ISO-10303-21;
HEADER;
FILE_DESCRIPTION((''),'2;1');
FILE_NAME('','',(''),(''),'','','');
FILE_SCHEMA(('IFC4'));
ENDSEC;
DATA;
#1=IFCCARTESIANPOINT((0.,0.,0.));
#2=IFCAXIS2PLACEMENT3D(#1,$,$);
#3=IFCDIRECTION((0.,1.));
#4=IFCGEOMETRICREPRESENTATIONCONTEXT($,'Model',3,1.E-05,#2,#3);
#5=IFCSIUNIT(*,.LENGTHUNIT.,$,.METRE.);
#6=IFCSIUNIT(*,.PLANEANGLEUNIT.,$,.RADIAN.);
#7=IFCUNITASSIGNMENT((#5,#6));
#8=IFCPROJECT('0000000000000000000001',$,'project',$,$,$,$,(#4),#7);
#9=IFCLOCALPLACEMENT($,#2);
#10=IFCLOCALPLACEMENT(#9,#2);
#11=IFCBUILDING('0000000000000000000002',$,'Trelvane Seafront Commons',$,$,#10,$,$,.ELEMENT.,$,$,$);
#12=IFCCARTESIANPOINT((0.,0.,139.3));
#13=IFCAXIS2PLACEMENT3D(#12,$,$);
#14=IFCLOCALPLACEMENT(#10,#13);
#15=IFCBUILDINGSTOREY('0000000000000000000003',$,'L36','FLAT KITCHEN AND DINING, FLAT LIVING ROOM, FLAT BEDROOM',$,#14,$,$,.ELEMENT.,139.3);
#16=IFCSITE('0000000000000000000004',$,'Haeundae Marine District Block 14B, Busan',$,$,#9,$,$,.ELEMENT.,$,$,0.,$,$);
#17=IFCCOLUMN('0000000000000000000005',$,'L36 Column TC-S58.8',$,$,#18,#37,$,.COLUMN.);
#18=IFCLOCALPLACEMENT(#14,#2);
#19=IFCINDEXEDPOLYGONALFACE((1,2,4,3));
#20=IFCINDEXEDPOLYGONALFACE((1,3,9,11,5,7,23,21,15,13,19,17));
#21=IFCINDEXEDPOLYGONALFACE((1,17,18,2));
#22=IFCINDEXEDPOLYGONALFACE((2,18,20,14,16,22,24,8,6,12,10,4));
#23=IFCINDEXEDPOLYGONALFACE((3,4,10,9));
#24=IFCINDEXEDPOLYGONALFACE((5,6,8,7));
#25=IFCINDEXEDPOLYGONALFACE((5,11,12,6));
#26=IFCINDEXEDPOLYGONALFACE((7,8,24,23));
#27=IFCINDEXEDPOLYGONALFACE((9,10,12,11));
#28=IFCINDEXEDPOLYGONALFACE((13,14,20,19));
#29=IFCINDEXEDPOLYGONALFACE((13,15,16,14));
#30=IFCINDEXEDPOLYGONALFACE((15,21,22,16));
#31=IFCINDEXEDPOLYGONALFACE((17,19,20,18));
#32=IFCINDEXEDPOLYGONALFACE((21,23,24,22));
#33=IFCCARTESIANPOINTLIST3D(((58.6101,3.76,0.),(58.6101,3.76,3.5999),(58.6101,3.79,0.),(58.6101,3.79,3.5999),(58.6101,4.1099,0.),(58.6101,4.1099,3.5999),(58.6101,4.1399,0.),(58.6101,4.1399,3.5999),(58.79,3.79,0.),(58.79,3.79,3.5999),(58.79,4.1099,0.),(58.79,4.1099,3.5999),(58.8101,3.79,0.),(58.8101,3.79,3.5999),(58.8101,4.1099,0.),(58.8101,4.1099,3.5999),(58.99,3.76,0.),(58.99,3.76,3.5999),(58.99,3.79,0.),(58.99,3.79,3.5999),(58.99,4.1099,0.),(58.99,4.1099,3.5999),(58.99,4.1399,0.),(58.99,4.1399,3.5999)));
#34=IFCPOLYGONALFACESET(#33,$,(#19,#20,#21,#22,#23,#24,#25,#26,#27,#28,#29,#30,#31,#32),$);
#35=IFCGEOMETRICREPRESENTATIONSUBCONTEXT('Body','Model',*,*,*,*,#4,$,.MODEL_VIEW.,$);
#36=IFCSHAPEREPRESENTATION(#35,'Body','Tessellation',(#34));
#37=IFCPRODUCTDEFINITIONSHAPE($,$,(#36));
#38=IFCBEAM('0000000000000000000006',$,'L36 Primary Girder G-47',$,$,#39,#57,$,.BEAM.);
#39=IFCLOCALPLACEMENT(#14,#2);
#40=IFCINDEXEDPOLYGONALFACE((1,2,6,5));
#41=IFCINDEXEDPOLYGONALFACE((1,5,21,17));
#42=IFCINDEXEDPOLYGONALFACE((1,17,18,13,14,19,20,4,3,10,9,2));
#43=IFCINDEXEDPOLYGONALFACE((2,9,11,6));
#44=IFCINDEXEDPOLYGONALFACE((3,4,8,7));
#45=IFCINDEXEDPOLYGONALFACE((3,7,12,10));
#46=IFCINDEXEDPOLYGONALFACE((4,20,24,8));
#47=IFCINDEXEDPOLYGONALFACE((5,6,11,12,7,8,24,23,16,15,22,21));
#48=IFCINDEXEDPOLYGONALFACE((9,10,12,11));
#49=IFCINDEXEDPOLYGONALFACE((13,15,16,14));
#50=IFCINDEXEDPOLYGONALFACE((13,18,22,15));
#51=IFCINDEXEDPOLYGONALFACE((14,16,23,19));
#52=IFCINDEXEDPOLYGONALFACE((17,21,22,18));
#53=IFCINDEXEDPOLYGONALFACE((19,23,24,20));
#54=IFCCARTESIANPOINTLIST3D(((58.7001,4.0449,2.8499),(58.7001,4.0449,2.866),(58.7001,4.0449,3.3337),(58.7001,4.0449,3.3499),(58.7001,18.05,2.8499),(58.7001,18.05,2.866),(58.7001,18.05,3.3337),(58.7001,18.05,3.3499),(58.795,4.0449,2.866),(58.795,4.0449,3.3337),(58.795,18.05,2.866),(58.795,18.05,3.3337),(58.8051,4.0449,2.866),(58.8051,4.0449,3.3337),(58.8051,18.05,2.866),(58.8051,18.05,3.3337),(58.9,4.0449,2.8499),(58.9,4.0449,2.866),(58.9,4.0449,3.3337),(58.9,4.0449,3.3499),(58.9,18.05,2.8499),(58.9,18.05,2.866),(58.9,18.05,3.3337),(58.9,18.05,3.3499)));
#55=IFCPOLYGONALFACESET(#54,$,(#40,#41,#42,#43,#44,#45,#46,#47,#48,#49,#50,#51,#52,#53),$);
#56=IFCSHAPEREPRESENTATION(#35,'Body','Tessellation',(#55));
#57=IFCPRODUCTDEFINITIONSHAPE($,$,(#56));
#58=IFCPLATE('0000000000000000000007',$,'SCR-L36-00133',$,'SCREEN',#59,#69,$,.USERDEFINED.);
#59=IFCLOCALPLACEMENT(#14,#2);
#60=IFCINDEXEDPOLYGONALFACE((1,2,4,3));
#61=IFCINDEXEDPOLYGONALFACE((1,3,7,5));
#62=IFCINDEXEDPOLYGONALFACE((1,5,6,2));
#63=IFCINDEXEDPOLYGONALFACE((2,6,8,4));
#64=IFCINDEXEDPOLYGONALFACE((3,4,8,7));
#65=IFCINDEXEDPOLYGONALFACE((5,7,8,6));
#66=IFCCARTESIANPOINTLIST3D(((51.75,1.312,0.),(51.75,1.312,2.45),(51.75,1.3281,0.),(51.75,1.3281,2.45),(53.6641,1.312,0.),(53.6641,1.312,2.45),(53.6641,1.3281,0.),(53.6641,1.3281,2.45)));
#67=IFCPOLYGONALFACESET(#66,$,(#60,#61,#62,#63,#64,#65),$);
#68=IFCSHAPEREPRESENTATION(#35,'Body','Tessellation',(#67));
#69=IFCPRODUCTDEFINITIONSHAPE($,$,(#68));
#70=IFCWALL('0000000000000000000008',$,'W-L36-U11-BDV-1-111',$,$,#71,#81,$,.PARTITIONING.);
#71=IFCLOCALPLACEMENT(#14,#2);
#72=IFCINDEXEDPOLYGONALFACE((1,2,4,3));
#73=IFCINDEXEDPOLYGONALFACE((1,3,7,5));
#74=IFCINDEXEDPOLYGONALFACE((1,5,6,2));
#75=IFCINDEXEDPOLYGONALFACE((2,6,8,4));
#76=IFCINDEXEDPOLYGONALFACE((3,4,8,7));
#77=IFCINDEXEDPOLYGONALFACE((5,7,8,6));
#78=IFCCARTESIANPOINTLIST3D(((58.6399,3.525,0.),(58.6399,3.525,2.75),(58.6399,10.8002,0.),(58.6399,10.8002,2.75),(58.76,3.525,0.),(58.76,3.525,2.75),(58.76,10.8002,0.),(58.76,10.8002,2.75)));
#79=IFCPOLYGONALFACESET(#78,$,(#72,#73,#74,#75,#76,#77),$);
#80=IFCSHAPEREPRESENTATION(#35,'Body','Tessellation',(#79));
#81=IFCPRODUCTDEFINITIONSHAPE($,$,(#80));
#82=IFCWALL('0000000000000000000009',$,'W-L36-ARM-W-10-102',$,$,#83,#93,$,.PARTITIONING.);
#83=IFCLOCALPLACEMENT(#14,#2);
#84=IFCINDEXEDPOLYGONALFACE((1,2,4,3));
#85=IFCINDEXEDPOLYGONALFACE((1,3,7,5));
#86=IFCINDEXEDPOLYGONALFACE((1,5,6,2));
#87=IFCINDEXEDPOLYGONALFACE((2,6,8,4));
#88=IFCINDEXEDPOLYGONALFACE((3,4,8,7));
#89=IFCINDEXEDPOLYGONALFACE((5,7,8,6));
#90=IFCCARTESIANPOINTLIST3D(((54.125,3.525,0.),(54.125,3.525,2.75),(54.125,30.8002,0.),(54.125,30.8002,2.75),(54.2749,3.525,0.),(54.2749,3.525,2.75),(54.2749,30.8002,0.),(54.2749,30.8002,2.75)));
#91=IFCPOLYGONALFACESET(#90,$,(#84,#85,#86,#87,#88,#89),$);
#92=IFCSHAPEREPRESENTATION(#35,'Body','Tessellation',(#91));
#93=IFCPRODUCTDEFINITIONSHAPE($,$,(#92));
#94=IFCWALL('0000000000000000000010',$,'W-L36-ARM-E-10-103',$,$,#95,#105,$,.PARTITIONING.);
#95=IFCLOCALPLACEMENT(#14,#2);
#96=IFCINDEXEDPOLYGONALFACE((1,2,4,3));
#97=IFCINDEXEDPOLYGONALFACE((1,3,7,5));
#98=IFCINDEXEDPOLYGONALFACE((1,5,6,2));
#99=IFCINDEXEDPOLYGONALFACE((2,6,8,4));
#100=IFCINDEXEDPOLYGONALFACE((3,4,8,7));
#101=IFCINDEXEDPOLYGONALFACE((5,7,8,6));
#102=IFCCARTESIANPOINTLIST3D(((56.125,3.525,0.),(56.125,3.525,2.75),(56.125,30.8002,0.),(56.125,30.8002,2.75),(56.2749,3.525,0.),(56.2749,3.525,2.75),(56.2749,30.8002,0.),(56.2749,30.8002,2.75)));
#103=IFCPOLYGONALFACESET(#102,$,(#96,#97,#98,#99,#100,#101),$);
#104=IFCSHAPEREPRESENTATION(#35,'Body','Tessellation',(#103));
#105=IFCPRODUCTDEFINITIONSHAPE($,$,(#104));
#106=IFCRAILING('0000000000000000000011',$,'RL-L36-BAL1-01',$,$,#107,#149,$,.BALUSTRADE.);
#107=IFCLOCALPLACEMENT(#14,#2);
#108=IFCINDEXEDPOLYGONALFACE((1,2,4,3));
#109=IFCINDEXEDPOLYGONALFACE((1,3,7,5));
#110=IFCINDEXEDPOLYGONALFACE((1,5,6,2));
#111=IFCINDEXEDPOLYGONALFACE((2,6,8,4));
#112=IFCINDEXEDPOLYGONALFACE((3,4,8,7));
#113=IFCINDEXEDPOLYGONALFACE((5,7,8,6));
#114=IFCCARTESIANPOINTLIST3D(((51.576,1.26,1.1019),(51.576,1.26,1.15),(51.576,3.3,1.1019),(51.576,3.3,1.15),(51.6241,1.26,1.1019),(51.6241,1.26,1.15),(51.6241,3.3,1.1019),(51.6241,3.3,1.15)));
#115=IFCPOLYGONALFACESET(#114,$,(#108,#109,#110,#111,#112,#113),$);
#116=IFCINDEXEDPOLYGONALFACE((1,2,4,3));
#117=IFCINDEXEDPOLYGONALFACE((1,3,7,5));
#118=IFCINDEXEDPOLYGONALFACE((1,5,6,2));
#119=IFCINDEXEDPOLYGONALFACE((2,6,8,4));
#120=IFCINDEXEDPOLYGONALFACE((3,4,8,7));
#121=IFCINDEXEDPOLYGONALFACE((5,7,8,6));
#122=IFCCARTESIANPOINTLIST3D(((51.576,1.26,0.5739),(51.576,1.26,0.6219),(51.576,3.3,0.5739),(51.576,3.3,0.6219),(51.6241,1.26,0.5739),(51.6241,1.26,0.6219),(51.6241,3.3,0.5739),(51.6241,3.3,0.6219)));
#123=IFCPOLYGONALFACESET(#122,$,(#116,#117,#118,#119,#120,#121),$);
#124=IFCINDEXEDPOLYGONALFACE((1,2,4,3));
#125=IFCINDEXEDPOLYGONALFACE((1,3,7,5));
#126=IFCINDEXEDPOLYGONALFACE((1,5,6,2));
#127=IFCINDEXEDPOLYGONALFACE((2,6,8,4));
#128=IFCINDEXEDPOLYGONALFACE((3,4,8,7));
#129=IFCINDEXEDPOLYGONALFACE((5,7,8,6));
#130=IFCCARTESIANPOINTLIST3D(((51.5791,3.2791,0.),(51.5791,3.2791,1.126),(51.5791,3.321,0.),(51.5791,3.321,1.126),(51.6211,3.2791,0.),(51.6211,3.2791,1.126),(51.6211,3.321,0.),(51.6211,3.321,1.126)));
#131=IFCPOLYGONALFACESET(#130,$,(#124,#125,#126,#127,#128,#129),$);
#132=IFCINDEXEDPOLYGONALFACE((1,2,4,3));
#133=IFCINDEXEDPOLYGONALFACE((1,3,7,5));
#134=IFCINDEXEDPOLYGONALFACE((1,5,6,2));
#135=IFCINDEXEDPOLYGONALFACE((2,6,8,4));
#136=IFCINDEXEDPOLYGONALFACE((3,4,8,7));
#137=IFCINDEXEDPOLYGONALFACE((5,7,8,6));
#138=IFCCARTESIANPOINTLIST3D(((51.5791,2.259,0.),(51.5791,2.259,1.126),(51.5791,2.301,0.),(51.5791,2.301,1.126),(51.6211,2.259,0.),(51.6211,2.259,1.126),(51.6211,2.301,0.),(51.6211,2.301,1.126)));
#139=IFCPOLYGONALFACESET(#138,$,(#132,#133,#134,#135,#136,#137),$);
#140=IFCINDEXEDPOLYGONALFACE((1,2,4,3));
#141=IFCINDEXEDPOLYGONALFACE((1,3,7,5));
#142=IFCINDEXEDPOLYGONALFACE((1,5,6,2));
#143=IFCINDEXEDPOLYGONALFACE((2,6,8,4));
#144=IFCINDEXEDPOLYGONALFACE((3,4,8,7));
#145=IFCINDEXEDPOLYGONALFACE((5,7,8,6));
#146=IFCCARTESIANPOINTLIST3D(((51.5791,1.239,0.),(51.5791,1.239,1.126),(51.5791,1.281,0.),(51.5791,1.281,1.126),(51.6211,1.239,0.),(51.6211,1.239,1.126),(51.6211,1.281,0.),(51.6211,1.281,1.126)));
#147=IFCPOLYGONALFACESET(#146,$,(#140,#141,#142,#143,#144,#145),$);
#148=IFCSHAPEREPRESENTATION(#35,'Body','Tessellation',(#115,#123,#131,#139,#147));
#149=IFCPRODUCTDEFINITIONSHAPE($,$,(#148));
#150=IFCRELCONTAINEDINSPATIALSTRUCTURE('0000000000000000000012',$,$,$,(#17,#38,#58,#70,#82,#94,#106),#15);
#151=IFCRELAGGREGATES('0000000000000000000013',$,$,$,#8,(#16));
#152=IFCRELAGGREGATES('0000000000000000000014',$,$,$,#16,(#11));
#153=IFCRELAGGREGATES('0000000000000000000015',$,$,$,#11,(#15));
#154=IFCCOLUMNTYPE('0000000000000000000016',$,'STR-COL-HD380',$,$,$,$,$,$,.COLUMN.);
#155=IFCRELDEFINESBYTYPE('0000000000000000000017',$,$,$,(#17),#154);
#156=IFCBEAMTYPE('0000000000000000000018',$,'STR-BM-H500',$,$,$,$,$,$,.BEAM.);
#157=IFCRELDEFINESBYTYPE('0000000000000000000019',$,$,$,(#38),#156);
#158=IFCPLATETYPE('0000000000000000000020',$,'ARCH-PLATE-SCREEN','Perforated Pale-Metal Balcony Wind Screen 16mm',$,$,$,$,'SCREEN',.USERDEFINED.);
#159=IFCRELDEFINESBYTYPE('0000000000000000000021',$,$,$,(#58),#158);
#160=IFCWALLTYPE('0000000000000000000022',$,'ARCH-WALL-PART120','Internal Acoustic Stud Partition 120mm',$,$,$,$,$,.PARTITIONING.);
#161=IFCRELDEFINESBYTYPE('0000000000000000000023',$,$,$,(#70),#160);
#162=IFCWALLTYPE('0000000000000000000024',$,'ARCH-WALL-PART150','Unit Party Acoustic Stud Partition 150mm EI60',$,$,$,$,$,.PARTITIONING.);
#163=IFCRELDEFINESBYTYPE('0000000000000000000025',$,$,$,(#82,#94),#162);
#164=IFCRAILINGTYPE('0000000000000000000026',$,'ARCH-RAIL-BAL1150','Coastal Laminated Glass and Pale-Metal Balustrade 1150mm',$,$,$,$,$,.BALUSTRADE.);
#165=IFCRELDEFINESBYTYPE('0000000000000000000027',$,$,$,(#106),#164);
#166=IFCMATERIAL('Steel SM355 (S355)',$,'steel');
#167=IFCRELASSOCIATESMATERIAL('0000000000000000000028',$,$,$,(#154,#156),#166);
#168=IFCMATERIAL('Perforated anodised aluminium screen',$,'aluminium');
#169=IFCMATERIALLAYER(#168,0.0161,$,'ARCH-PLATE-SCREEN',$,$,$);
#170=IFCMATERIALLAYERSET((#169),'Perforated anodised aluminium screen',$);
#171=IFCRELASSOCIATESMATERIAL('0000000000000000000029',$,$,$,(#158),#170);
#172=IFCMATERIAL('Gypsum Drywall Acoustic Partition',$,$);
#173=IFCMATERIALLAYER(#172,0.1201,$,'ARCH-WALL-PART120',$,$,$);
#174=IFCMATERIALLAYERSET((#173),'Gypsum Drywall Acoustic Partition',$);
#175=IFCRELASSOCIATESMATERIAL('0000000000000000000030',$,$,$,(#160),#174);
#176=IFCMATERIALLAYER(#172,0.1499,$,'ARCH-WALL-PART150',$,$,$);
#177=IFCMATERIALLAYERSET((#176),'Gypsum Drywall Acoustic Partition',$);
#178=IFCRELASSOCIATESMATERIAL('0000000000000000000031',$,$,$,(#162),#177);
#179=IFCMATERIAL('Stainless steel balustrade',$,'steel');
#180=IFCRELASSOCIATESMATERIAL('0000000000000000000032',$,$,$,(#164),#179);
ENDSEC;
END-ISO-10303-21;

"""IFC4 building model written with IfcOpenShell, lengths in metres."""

from ifc_helpers import new_model, si_unit, direction, frame, frame_2d, origin, origin_2d, place, context, subcontext, project, spatial, rectangle, i_section, extrude, source, transform, mapped, material, layer, layer_set, material_profile, profile_set, type_object, element, save


model = new_model("IFC4")

# Units and contexts
model_context = context("Model", 3, precision=1e-05, world=origin(), true_north=direction((0.0, 1.0)))
body_context = subcontext(model_context, "Body", "Model", "MODEL_VIEW")
ifc_project = project(units=[si_unit("LENGTHUNIT", "METRE"), si_unit("PLANEANGLEUNIT", "RADIAN")], contexts=[model_context])

# Site, building, storey
site_placement = place(None, origin())
site = spatial("IfcSite", under=ifc_project, at=site_placement, Name="Haeundae Marine District Block 14B, Busan", CompositionType="ELEMENT", RefElevation=0.0)
building_placement = place(site_placement, origin())
building = spatial("IfcBuilding", under=site, at=building_placement, Name="Trelvane Seafront Commons", CompositionType="ELEMENT")
storey_placement = place(building_placement, frame((0.0, 0.0, 139.3)))
storey = spatial("IfcBuildingStorey", under=building, at=storey_placement, Name="L36", Description="FLAT KITCHEN AND DINING, FLAT LIVING ROOM, FLAT BEDROOM", CompositionType="ELEMENT", Elevation=139.3)

# Column
ifc_material_1 = material(Name="Steel SM355 (S355)", Category="steel")
ifc_material_profile_1 = material_profile(ifc_material_1, i_section(OverallWidth=0.3799, OverallDepth=0.3799, WebThickness=0.02, FlangeThickness=0.03, at=origin_2d()), Name="HD-380x380x20x30")
ifc_profile_set_1 = profile_set([ifc_material_profile_1], Name="Steel SM355 (S355)")
column_type = type_object("IfcColumnType", Name="STR-COL-HD380", PredefinedType="COLUMN", material=ifc_profile_set_1)
shared_shape_1 = source(origin(), body_context, "Body", "SweptSolid", [
    extrude(i_section(OverallWidth=0.3799, OverallDepth=0.3799, WebThickness=0.02, FlangeThickness=0.03, at=origin_2d()), origin(), (0.0, 0.0, 1.0), 3.5999),
])
column_placement = place(storey_placement, frame((58.8, 3.95, 0.0), z_axis=(0.0, 0.0, 1.0), x_axis=(1.0, 0.0, 0.0)))
element("IfcColumn", 1, at=column_placement, inside=storey, type_object=column_type, Name="L36 Column TC-S58.8", PredefinedType="COLUMN", context=body_context, shape_type="MappedRepresentation", body=[
    mapped(shared_shape_1, transform((0.0, 0.0, 0.0), x_axis=(1.0, 0.0, 0.0), y_axis=(0.0, 1.0, 0.0), z_axis=(0.0, 0.0, 1.0), scale=1.0)),
])

# Beam
ifc_material_profile_2 = material_profile(ifc_material_1, i_section(OverallWidth=0.2, OverallDepth=0.5, WebThickness=0.01, FlangeThickness=0.0161, at=origin_2d()), Name="H-500x200x10x16")
ifc_profile_set_2 = profile_set([ifc_material_profile_2], Name="Steel SM355 (S355)")
beam_type = type_object("IfcBeamType", Name="STR-BM-H500", PredefinedType="BEAM", material=ifc_profile_set_2)
shared_shape_2 = source(origin(), body_context, "Body", "SweptSolid", [
    extrude(i_section(OverallWidth=0.2, OverallDepth=0.5, WebThickness=0.01, FlangeThickness=0.0161, at=origin_2d()), origin(), (0.0, 0.0, 1.0), 14.0051),
])
beam_placement = place(storey_placement, frame((58.8, 4.0449, 3.0999), z_axis=(0.0, 1.0, 0.0), x_axis=(-1.0, 0.0, 0.0)))
element("IfcBeam", 2, at=beam_placement, inside=storey, type_object=beam_type, Name="L36 Primary Girder G-47", PredefinedType="BEAM", context=body_context, shape_type="MappedRepresentation", body=[
    mapped(shared_shape_2, transform((0.0, 0.0, 0.0), x_axis=(1.0, 0.0, 0.0), y_axis=(0.0, 1.0, 0.0), z_axis=(0.0, 0.0, 1.0), scale=1.0)),
])

# Plate
ifc_material_2 = material(Name="Perforated anodised aluminium screen", Category="aluminium")
ifc_layer_1 = layer(ifc_material_2, 0.0161, Name="ARCH-PLATE-SCREEN")
ifc_layer_set_1 = layer_set([ifc_layer_1], Name="Perforated anodised aluminium screen")
plate_type = type_object("IfcPlateType", Name="ARCH-PLATE-SCREEN", Description="Perforated Pale-Metal Balcony Wind Screen 16mm", ElementType="SCREEN", PredefinedType="USERDEFINED", material=ifc_layer_set_1)
shared_shape_3 = source(origin(), body_context, "Body", "SweptSolid", [
    extrude(rectangle(XDim=1.9141, YDim=0.0161, at=origin_2d()), origin(), (0.0, 0.0, 1.0), 2.45),
])
plate_placement = place(storey_placement, frame((52.707, 1.3201, 0.0), z_axis=(0.0, 0.0, 1.0), x_axis=(1.0, 0.0, 0.0)))
element("IfcPlate", 3, at=plate_placement, inside=storey, type_object=plate_type, Name="SCR-L36-00133", ObjectType="SCREEN", PredefinedType="USERDEFINED", context=body_context, shape_type="MappedRepresentation", body=[
    mapped(shared_shape_3, transform((0.0, 0.0, 0.0), x_axis=(1.0, 0.0, 0.0), y_axis=(0.0, 1.0, 0.0), z_axis=(0.0, 0.0, 1.0), scale=1.0)),
])

# Shared definitions
ifc_material_3 = material(Name="Gypsum Drywall Acoustic Partition")
ifc_layer_2 = layer(ifc_material_3, 0.1201, Name="ARCH-WALL-PART120")
ifc_layer_set_2 = layer_set([ifc_layer_2], Name="Gypsum Drywall Acoustic Partition")
wall_type_1 = type_object("IfcWallType", Name="ARCH-WALL-PART120", Description="Internal Acoustic Stud Partition 120mm", PredefinedType="PARTITIONING", material=ifc_layer_set_2)

# Walls
wall_1_placement = place(storey_placement, frame((58.7, 3.5249, 0.0), z_axis=(0.0, 0.0, 1.0), x_axis=(0.0, 1.0, 0.0)))
element("IfcWall", 4, at=wall_1_placement, inside=storey, type_object=wall_type_1, Name="W-L36-U11-BDV-1-111", PredefinedType="PARTITIONING", context=body_context, shape_type="SweptSolid", body=[
    extrude(rectangle(XDim=7.2751, YDim=0.1201, at=frame_2d((3.6377, 0.0))), origin(), (0.0, 0.0, 1.0), 2.75),
])
ifc_layer_3 = layer(ifc_material_3, 0.1499, Name="ARCH-WALL-PART150")
ifc_layer_set_3 = layer_set([ifc_layer_3], Name="Gypsum Drywall Acoustic Partition")
wall_type_2 = type_object("IfcWallType", Name="ARCH-WALL-PART150", Description="Unit Party Acoustic Stud Partition 150mm EI60", PredefinedType="PARTITIONING", material=ifc_layer_set_3)
for number, where, z_axis, x_axis, name in (
    (5, (54.2, 3.5249, 0.0), (0.0, 0.0, 1.0), (0.0, 1.0, 0.0), "W-L36-ARM-W-10-102"),
    (6, (56.2, 3.5249, 0.0), (0.0, 0.0, 1.0), (0.0, 1.0, 0.0), "W-L36-ARM-E-10-103"),
):
    element("IfcWall", number, at=place(storey_placement, frame(where, z_axis=z_axis, x_axis=x_axis)), inside=storey, type_object=wall_type_2, Name=name, PredefinedType="PARTITIONING", context=body_context, shape_type="SweptSolid", body=[
        extrude(rectangle(XDim=27.2751, YDim=0.1499, at=frame_2d((13.6377, 0.0))), origin(), (0.0, 0.0, 1.0), 2.75),
    ])

# Railing
ifc_material_4 = material(Name="Stainless steel balustrade", Category="steel")
railing_type = type_object("IfcRailingType", Name="ARCH-RAIL-BAL1150", Description="Coastal Laminated Glass and Pale-Metal Balustrade 1150mm", PredefinedType="BALUSTRADE", material=ifc_material_4)
railing_1_placement = place(storey_placement, frame((51.6001, 3.3, 0.0)))
element("IfcRailing", 7, at=railing_1_placement, inside=storey, type_object=railing_type, Name="RL-L36-BAL1-01", PredefinedType="BALUSTRADE", context=body_context, shape_type="SweptSolid", body=[
    extrude(rectangle(XDim=0.0481, YDim=0.0481, at=origin_2d()), frame((0.0, 0.0, 1.126), z_axis=(0.0, -1.0, 0.0), x_axis=(1.0, 0.0, 0.0)), (0.0, 0.0, 1.0), 2.04),
    extrude(rectangle(XDim=0.0481, YDim=0.0481, at=origin_2d()), frame((0.0, 0.0, 0.5979), z_axis=(0.0, -1.0, 0.0), x_axis=(1.0, 0.0, 0.0)), (0.0, 0.0, 1.0), 2.04),
    extrude(rectangle(XDim=0.042, YDim=0.042, at=origin_2d()), origin(), (0.0, 0.0, 1.0), 1.126),
    extrude(rectangle(XDim=0.042, YDim=0.042, at=origin_2d()), frame((0.0, -1.02, 0.0)), (0.0, 0.0, 1.0), 1.126),
    extrude(rectangle(XDim=0.042, YDim=0.042, at=origin_2d()), frame((0.0, -2.04, 0.0)), (0.0, 0.0, 1.0), 1.126),
])

save(model, "model.ifc")
